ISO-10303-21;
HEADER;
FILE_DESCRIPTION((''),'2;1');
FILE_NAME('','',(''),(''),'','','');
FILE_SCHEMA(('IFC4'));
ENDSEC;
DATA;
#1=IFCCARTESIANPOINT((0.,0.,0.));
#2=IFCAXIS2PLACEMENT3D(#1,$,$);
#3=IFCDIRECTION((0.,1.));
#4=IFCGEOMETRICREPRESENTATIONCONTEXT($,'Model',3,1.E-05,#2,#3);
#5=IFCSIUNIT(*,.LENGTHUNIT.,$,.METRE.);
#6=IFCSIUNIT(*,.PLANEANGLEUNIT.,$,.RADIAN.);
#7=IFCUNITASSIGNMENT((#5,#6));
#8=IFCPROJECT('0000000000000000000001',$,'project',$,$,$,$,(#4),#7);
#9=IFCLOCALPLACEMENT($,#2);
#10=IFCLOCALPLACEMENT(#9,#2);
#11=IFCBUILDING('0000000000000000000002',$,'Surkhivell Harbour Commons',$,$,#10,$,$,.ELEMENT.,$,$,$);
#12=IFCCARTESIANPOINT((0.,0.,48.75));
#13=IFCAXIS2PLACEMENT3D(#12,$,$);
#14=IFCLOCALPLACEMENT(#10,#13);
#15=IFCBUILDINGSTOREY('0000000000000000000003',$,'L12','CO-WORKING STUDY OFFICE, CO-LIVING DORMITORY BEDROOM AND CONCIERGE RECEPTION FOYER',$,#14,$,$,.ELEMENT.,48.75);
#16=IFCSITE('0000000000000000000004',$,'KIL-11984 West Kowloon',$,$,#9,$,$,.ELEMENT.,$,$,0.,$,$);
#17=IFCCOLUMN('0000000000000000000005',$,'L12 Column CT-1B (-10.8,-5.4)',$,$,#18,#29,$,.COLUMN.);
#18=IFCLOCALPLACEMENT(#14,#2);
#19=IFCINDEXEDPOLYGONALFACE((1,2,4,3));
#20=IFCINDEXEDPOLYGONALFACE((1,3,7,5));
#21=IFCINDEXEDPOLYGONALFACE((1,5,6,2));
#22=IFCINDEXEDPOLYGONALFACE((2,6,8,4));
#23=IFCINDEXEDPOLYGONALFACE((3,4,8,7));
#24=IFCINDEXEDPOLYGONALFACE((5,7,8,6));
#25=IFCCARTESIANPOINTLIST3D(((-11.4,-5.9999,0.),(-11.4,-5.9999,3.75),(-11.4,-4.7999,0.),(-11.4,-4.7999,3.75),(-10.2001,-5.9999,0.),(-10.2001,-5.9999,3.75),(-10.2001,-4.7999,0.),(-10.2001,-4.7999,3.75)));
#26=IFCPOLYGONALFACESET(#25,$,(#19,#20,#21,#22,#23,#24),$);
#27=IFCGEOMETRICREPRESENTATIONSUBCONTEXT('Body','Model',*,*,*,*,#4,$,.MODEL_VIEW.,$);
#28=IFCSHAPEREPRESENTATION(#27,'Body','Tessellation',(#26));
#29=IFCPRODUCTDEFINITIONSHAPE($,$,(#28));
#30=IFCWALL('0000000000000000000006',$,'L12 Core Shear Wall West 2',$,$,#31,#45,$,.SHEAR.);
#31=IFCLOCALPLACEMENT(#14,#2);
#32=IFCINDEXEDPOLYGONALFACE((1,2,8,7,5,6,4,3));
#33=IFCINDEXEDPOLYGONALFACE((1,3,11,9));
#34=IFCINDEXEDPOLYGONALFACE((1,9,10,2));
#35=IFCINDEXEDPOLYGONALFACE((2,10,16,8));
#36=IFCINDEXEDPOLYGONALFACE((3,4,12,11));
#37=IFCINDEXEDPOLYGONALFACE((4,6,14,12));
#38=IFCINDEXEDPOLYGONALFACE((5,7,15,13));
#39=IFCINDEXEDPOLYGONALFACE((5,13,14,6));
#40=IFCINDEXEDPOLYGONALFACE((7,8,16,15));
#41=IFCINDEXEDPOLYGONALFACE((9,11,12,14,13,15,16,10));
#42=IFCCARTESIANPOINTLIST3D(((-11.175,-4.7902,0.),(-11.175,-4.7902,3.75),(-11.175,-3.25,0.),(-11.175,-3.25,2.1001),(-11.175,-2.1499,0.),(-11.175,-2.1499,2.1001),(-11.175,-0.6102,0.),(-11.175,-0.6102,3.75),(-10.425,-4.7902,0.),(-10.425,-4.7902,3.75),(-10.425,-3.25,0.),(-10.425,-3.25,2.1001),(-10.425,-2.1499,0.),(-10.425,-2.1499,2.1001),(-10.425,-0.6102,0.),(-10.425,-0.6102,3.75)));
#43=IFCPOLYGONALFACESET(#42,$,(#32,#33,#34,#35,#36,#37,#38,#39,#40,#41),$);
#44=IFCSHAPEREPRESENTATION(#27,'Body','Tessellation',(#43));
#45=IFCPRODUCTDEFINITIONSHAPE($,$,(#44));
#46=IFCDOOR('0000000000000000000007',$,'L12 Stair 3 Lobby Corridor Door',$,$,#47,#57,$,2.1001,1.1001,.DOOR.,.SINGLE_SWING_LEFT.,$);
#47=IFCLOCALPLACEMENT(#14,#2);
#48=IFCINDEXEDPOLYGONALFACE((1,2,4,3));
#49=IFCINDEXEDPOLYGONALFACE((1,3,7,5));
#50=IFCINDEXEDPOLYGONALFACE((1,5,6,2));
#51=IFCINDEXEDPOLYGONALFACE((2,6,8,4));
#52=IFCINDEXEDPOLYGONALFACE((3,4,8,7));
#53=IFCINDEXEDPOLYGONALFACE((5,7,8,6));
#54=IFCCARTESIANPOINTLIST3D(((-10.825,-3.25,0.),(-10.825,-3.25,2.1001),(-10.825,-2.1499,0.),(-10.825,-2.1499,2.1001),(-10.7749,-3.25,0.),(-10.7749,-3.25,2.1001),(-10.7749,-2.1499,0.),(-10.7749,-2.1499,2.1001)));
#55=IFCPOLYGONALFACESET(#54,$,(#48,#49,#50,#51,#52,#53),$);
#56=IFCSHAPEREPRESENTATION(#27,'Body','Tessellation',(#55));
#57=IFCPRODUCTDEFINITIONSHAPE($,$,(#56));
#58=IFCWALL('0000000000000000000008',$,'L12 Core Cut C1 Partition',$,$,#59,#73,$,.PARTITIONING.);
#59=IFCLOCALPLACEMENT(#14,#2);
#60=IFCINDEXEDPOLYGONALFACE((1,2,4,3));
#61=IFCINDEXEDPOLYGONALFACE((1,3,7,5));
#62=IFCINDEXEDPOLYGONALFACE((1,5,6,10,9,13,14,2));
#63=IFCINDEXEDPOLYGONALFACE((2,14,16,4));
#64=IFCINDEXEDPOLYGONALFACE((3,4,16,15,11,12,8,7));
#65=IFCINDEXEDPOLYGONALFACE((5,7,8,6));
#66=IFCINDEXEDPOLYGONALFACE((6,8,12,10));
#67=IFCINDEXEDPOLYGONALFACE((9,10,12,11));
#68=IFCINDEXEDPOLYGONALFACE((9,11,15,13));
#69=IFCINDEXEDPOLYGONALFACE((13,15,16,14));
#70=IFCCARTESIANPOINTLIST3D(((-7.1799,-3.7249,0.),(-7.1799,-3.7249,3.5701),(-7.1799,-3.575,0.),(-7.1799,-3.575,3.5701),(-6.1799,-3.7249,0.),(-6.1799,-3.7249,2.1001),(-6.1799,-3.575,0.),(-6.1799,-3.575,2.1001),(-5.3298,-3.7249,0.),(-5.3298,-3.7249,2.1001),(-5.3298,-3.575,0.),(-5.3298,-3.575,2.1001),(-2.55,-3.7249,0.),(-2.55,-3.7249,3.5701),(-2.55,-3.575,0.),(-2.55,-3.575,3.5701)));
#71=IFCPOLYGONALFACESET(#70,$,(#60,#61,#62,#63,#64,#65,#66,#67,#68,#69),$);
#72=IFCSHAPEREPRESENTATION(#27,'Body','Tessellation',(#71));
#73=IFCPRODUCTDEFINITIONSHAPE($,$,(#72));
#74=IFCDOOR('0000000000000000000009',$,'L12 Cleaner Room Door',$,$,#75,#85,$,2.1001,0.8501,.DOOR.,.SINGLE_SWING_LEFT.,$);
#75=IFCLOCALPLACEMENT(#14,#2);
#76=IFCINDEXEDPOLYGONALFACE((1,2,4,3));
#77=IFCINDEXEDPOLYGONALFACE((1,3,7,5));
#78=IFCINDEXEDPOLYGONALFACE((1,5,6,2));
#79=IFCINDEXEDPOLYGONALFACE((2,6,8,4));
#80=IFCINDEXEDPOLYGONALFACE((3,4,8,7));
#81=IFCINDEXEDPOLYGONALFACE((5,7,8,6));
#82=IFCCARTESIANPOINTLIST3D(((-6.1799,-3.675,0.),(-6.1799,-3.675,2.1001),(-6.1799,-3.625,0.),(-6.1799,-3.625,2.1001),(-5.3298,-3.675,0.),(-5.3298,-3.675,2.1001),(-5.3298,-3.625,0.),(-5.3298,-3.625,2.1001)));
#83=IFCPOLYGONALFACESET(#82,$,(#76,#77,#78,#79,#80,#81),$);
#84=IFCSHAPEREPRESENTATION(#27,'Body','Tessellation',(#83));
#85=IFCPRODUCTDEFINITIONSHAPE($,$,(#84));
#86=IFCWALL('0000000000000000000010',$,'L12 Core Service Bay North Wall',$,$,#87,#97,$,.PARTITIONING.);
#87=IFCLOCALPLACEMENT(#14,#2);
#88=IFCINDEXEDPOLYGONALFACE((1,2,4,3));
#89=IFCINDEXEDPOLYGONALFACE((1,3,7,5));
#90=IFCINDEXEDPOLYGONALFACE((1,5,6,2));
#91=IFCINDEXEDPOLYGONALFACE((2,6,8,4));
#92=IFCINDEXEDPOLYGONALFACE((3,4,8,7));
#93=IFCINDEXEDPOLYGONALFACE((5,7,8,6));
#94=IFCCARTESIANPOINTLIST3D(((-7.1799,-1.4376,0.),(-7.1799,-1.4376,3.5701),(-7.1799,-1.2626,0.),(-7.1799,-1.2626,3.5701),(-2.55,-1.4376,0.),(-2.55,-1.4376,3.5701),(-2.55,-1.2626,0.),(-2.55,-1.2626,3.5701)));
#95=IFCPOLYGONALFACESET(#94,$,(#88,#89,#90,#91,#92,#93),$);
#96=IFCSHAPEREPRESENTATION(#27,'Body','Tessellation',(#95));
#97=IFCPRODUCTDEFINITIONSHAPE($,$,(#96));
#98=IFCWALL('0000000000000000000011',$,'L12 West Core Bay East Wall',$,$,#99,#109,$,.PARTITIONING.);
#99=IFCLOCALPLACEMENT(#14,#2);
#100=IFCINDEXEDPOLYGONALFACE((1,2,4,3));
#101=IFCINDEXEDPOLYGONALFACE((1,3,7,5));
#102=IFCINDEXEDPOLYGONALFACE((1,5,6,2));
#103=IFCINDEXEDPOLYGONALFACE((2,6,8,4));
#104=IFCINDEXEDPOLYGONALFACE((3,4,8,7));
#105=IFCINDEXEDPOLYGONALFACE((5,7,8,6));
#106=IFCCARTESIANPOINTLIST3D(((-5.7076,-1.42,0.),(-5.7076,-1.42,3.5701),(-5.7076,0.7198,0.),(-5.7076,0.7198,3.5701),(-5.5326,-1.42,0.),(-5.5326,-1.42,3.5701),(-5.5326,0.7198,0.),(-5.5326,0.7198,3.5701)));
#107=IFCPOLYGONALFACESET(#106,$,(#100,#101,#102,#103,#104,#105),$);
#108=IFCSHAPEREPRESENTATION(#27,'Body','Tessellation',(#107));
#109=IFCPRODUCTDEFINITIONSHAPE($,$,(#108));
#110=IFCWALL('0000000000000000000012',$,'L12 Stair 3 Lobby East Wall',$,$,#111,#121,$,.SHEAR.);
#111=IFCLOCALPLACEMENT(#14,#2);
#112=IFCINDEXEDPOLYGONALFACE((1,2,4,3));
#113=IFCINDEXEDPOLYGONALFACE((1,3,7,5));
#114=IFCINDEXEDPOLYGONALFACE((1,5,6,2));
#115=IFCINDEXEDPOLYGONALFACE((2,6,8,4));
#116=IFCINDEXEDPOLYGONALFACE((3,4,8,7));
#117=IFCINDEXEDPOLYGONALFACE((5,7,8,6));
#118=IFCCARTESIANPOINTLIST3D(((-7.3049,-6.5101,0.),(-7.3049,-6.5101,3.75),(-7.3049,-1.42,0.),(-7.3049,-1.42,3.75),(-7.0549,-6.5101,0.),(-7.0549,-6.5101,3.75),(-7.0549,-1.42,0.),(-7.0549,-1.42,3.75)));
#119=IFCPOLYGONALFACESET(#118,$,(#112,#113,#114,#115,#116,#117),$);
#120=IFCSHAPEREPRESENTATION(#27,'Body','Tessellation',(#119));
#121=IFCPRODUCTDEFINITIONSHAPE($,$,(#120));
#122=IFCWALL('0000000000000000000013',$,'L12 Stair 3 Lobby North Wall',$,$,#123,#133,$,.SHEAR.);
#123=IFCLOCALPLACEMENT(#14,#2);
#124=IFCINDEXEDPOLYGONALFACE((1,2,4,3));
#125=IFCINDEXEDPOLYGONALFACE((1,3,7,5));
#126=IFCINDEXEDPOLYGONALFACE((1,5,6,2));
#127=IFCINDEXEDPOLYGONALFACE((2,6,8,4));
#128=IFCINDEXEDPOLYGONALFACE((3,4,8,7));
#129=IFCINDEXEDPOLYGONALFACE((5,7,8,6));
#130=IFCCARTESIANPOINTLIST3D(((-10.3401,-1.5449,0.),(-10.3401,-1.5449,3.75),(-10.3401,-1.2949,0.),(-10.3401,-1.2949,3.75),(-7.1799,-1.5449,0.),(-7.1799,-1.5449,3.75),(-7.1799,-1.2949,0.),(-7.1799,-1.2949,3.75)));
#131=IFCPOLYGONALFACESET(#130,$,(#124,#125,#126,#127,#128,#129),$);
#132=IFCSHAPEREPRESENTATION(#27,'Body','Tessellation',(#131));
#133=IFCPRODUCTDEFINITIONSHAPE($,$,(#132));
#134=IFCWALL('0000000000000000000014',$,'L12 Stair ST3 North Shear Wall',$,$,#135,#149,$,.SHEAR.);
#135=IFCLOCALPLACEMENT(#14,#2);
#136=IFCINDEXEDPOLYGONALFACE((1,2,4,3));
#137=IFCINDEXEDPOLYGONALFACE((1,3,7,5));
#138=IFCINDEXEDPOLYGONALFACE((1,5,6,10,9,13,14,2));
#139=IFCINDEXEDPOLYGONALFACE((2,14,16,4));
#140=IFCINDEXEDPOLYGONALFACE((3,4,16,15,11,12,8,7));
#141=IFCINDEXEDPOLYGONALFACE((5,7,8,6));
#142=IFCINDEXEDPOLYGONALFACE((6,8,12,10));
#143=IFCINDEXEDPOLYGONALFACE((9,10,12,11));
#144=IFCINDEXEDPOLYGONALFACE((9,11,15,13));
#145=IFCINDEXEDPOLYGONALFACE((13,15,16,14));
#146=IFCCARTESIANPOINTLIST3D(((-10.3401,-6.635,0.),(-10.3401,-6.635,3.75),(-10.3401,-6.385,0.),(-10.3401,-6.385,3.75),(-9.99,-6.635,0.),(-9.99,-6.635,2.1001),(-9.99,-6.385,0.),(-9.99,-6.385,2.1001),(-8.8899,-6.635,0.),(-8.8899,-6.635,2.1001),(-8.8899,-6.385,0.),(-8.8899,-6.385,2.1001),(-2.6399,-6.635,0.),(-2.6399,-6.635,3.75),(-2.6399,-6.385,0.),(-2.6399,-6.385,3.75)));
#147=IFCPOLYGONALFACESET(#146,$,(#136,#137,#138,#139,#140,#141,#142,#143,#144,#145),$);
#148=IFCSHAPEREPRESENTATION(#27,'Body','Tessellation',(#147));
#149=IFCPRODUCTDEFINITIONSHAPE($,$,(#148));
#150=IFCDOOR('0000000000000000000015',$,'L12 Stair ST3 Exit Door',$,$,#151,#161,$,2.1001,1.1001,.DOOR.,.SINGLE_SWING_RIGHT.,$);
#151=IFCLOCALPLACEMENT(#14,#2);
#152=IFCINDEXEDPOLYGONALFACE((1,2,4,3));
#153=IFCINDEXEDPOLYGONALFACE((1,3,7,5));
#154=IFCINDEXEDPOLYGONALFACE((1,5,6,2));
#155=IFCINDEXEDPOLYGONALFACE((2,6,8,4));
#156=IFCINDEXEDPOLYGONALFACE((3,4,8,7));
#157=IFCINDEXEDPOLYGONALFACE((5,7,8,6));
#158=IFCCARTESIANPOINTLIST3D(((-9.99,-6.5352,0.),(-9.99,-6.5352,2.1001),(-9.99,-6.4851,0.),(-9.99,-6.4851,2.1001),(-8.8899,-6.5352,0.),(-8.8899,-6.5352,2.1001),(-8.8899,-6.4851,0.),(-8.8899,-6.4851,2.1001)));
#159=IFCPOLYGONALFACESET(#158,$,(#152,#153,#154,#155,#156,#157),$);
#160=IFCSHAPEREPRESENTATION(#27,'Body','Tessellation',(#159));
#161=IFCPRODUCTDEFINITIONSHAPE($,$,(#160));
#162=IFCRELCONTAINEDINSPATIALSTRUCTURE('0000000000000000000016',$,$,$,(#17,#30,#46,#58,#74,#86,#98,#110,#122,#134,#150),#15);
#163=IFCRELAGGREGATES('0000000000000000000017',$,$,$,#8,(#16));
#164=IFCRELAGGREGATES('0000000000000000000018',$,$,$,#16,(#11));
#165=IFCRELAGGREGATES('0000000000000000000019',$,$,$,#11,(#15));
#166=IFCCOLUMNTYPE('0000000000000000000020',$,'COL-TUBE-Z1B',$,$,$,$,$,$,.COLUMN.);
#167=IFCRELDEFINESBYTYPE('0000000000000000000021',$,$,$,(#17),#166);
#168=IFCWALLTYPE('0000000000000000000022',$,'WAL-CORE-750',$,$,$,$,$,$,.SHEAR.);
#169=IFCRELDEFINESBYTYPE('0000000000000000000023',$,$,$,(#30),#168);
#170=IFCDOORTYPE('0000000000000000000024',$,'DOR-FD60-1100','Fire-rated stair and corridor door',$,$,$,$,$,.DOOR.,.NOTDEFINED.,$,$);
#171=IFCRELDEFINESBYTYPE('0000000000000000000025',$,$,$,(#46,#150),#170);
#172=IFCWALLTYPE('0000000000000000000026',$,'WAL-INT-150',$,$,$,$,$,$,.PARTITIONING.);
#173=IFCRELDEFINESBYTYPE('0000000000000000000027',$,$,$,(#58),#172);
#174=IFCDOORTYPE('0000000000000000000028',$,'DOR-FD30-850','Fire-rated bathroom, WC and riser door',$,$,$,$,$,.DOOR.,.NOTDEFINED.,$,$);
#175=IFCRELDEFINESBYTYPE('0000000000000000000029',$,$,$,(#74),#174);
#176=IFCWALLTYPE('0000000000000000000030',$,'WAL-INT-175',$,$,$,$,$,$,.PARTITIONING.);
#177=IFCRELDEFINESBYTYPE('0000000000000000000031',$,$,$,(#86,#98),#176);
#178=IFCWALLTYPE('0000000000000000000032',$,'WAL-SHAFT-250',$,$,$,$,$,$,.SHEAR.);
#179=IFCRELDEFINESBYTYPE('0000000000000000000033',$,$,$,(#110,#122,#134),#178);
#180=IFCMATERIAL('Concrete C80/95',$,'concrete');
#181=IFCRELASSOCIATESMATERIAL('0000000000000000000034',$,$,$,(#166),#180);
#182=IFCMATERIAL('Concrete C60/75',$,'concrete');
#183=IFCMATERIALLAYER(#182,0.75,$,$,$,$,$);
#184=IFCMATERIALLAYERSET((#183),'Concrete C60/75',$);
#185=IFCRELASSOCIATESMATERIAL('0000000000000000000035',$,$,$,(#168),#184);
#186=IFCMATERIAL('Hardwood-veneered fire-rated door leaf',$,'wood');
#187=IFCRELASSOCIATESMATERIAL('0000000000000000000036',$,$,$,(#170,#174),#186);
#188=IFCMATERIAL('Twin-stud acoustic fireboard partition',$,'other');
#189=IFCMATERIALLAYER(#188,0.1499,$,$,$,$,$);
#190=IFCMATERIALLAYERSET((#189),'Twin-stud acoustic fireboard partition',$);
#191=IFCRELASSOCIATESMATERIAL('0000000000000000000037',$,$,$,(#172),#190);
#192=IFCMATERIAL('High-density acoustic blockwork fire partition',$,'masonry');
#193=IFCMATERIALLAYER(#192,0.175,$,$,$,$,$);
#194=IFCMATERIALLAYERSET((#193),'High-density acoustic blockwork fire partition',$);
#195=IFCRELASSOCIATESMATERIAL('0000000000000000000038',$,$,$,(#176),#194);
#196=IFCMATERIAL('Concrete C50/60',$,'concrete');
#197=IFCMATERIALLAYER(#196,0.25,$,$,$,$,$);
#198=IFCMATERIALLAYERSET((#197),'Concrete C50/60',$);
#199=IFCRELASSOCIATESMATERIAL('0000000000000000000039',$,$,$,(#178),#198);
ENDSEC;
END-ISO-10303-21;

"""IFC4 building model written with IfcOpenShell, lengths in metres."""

from ifc_helpers import new_model, si_unit, direction, frame, frame_2d, origin, origin_2d, place, context, subcontext, project, spatial, rectangle, extrude, material, layer, layer_set, material_profile, profile_set, type_object, element, fill, save


model = new_model("IFC4")

# Units and contexts
model_context = context("Model", 3, precision=1e-05, world=origin(), true_north=direction((0.0, 1.0)))
body_context = subcontext(model_context, "Body", "Model", "MODEL_VIEW")
ifc_project = project(units=[si_unit("LENGTHUNIT", "METRE"), si_unit("PLANEANGLEUNIT", "RADIAN")], contexts=[model_context])

# Site, building, storey
site_placement = place(None, origin())
site = spatial("IfcSite", under=ifc_project, at=site_placement, Name="KIL-11984 West Kowloon", CompositionType="ELEMENT", RefElevation=0.0)
building_placement = place(site_placement, origin())
building = spatial("IfcBuilding", under=site, at=building_placement, Name="Surkhivell Harbour Commons", CompositionType="ELEMENT")
storey_placement = place(building_placement, frame((0.0, 0.0, 48.75)))
storey = spatial("IfcBuildingStorey", under=building, at=storey_placement, Name="L12", Description="CO-WORKING STUDY OFFICE, CO-LIVING DORMITORY BEDROOM AND CONCIERGE RECEPTION FOYER", CompositionType="ELEMENT", Elevation=48.75)

# Column
ifc_material_1 = material(Name="Concrete C80/95", Category="concrete")
ifc_material_profile = material_profile(ifc_material_1, rectangle(XDim=1.2, YDim=1.2, at=origin_2d()), Name="RC-COL-1200x1200")
ifc_profile_set = profile_set([ifc_material_profile], Name="Concrete C80/95")
column_type = type_object("IfcColumnType", Name="COL-TUBE-Z1B", PredefinedType="COLUMN", material=ifc_profile_set)
column_placement = place(storey_placement, frame((-10.8, -5.3999, 0.0), z_axis=(0.0, 0.0, 1.0), x_axis=(1.0, 0.0, 0.0)))
element("IfcColumn", 1, at=column_placement, inside=storey, type_object=column_type, Name="L12 Column CT-1B (-10.8,-5.4)", PredefinedType="COLUMN", context=body_context, shape_type="SweptSolid", body=[
    extrude(rectangle(XDim=1.2, YDim=1.2, at=origin_2d()), origin(), (0.0, 0.0, 1.0), 3.75),
])

# Walls, openings, doors
ifc_material_2 = material(Name="Concrete C60/75", Category="concrete")
ifc_layer_1 = layer(ifc_material_2, 0.75)
ifc_layer_set_1 = layer_set([ifc_layer_1], Name="Concrete C60/75")
wall_type_1 = type_object("IfcWallType", Name="WAL-CORE-750", PredefinedType="SHEAR", material=ifc_layer_set_1)
wall_1_placement = place(storey_placement, frame((-10.8, -4.79, 0.0), z_axis=(0.0, 0.0, 1.0), x_axis=(0.0, 1.0, 0.0)))
wall_1 = element("IfcWall", 2, at=wall_1_placement, inside=storey, type_object=wall_type_1, Name="L12 Core Shear Wall West 2", PredefinedType="SHEAR", context=body_context, shape_type="SweptSolid", body=[
    extrude(rectangle(XDim=4.1799, YDim=0.75, at=frame_2d((2.0898, 0.0))), origin(), (0.0, 0.0, 1.0), 3.75),
])
opening_1_placement = place(wall_1_placement, frame((1.54, 0.0, 0.0)))
opening_1 = element("IfcOpeningElement", 3, at=opening_1_placement, cuts=wall_1, PredefinedType="OPENING", context=body_context, shape_type="SweptSolid", body=[
    extrude(rectangle(XDim=1.1001, YDim=2.1001, at=frame_2d((0.55, 1.05))), frame((0.0, 0.385, 0.0), z_axis=(0.0, -1.0, 0.0), x_axis=(1.0, 0.0, 0.0)), (0.0, 0.0, 1.0), 0.77),
])
ifc_material_3 = material(Name="Hardwood-veneered fire-rated door leaf", Category="wood")
door_type_1 = type_object("IfcDoorType", Name="DOR-FD60-1100", Description="Fire-rated stair and corridor door", OperationType="NOTDEFINED", PredefinedType="DOOR", material=ifc_material_3)
door_1_placement = place(opening_1_placement, origin())
door_1 = element("IfcDoor", 4, at=door_1_placement, inside=storey, type_object=door_type_1, Name="L12 Stair 3 Lobby Corridor Door", OperationType="SINGLE_SWING_LEFT", OverallHeight=2.1001, OverallWidth=1.1001, PredefinedType="DOOR", context=body_context, shape_type="SweptSolid", body=[
    extrude(rectangle(XDim=1.1001, YDim=2.1001, at=frame_2d((0.55, 1.05))), frame((0.0, 0.0249, 0.0), z_axis=(0.0, -1.0, 0.0), x_axis=(1.0, 0.0, 0.0)), (0.0, 0.0, 1.0), 0.05),
])
fill(opening_1, door_1)
ifc_material_4 = material(Name="Twin-stud acoustic fireboard partition", Category="other")
ifc_layer_2 = layer(ifc_material_4, 0.1499)
ifc_layer_set_2 = layer_set([ifc_layer_2], Name="Twin-stud acoustic fireboard partition")
wall_type_2 = type_object("IfcWallType", Name="WAL-INT-150", PredefinedType="PARTITIONING", material=ifc_layer_set_2)
wall_2_placement = place(storey_placement, frame((-7.1799, -3.6499, 0.0), z_axis=(0.0, 0.0, 1.0), x_axis=(1.0, 0.0, 0.0)))
wall_2 = element("IfcWall", 5, at=wall_2_placement, inside=storey, type_object=wall_type_2, Name="L12 Core Cut C1 Partition", PredefinedType="PARTITIONING", context=body_context, shape_type="SweptSolid", body=[
    extrude(rectangle(XDim=4.6299, YDim=0.1499, at=frame_2d((2.3149, 0.0))), origin(), (0.0, 0.0, 1.0), 3.5701),
])
opening_2_placement = place(wall_2_placement, frame((1.0, 0.0, 0.0)))
opening_2 = element("IfcOpeningElement", 6, at=opening_2_placement, cuts=wall_2, PredefinedType="OPENING", context=body_context, shape_type="SweptSolid", body=[
    extrude(rectangle(XDim=0.8501, YDim=2.1001, at=frame_2d((0.425, 1.05))), frame((0.0, 0.085, 0.0), z_axis=(0.0, -1.0, 0.0), x_axis=(1.0, 0.0, 0.0)), (0.0, 0.0, 1.0), 0.1699),
])
door_type_2 = type_object("IfcDoorType", Name="DOR-FD30-850", Description="Fire-rated bathroom, WC and riser door", OperationType="NOTDEFINED", PredefinedType="DOOR", material=ifc_material_3)
door_2_placement = place(opening_2_placement, origin())
door_2 = element("IfcDoor", 7, at=door_2_placement, inside=storey, type_object=door_type_2, Name="L12 Cleaner Room Door", OperationType="SINGLE_SWING_LEFT", OverallHeight=2.1001, OverallWidth=0.8501, PredefinedType="DOOR", context=body_context, shape_type="SweptSolid", body=[
    extrude(rectangle(XDim=0.8501, YDim=2.1001, at=frame_2d((0.425, 1.05))), frame((0.0, 0.0249, 0.0), z_axis=(0.0, -1.0, 0.0), x_axis=(1.0, 0.0, 0.0)), (0.0, 0.0, 1.0), 0.05),
])
fill(opening_2, door_2)

# Walls
ifc_material_5 = material(Name="High-density acoustic blockwork fire partition", Category="masonry")
ifc_layer_3 = layer(ifc_material_5, 0.175)
ifc_layer_set_3 = layer_set([ifc_layer_3], Name="High-density acoustic blockwork fire partition")
wall_type_3 = type_object("IfcWallType", Name="WAL-INT-175", PredefinedType="PARTITIONING", material=ifc_layer_set_3)
wall_3_placement = place(storey_placement, frame((-7.1799, -1.3501, 0.0), z_axis=(0.0, 0.0, 1.0), x_axis=(1.0, 0.0, 0.0)))
element("IfcWall", 8, at=wall_3_placement, inside=storey, type_object=wall_type_3, Name="L12 Core Service Bay North Wall", PredefinedType="PARTITIONING", context=body_context, shape_type="SweptSolid", body=[
    extrude(rectangle(XDim=4.6299, YDim=0.175, at=frame_2d((2.3149, 0.0))), origin(), (0.0, 0.0, 1.0), 3.5701),
])
wall_4_placement = place(storey_placement, frame((-5.6201, -1.4199, 0.0), z_axis=(0.0, 0.0, 1.0), x_axis=(0.0, 1.0, 0.0)))
element("IfcWall", 9, at=wall_4_placement, inside=storey, type_object=wall_type_3, Name="L12 West Core Bay East Wall", PredefinedType="PARTITIONING", context=body_context, shape_type="SweptSolid", body=[
    extrude(rectangle(XDim=2.1399, YDim=0.175, at=frame_2d((1.0698, 0.0))), origin(), (0.0, 0.0, 1.0), 3.5701),
])
ifc_material_6 = material(Name="Concrete C50/60", Category="concrete")
ifc_layer_4 = layer(ifc_material_6, 0.25)
ifc_layer_set_4 = layer_set([ifc_layer_4], Name="Concrete C50/60")
wall_type_4 = type_object("IfcWallType", Name="WAL-SHAFT-250", PredefinedType="SHEAR", material=ifc_layer_set_4)
wall_5_placement = place(storey_placement, frame((-7.1799, -6.51, 0.0), z_axis=(0.0, 0.0, 1.0), x_axis=(0.0, 1.0, 0.0)))
element("IfcWall", 10, at=wall_5_placement, inside=storey, type_object=wall_type_4, Name="L12 Stair 3 Lobby East Wall", PredefinedType="SHEAR", context=body_context, shape_type="SweptSolid", body=[
    extrude(rectangle(XDim=5.0901, YDim=0.25, at=frame_2d((2.5449, 0.0))), origin(), (0.0, 0.0, 1.0), 3.75),
])
wall_6_placement = place(storey_placement, frame((-10.3401, -1.4199, 0.0), z_axis=(0.0, 0.0, 1.0), x_axis=(1.0, 0.0, 0.0)))
element("IfcWall", 11, at=wall_6_placement, inside=storey, type_object=wall_type_4, Name="L12 Stair 3 Lobby North Wall", PredefinedType="SHEAR", context=body_context, shape_type="SweptSolid", body=[
    extrude(rectangle(XDim=3.1602, YDim=0.25, at=frame_2d((1.5801, 0.0))), origin(), (0.0, 0.0, 1.0), 3.75),
])

# Wall, opening, door
wall_7_placement = place(storey_placement, frame((-10.3401, -6.51, 0.0), z_axis=(0.0, 0.0, 1.0), x_axis=(1.0, 0.0, 0.0)))
wall_7 = element("IfcWall", 12, at=wall_7_placement, inside=storey, type_object=wall_type_4, Name="L12 Stair ST3 North Shear Wall", PredefinedType="SHEAR", context=body_context, shape_type="SweptSolid", body=[
    extrude(rectangle(XDim=7.7002, YDim=0.25, at=frame_2d((3.8501, 0.0))), origin(), (0.0, 0.0, 1.0), 3.75),
])
opening_3_placement = place(wall_7_placement, frame((0.3501, 0.0, 0.0)))
opening_3 = element("IfcOpeningElement", 13, at=opening_3_placement, cuts=wall_7, PredefinedType="OPENING", context=body_context, shape_type="SweptSolid", body=[
    extrude(rectangle(XDim=1.1001, YDim=2.1001, at=frame_2d((0.55, 1.05))), frame((0.0, 0.135, 0.0), z_axis=(0.0, -1.0, 0.0), x_axis=(1.0, 0.0, 0.0)), (0.0, 0.0, 1.0), 0.27),
])
door_3_placement = place(opening_3_placement, origin())
door_3 = element("IfcDoor", 14, at=door_3_placement, inside=storey, type_object=door_type_1, Name="L12 Stair ST3 Exit Door", OperationType="SINGLE_SWING_RIGHT", OverallHeight=2.1001, OverallWidth=1.1001, PredefinedType="DOOR", context=body_context, shape_type="SweptSolid", body=[
    extrude(rectangle(XDim=1.1001, YDim=2.1001, at=frame_2d((0.55, 1.05))), frame((0.0, 0.0249, 0.0), z_axis=(0.0, -1.0, 0.0), x_axis=(1.0, 0.0, 0.0)), (0.0, 0.0, 1.0), 0.05),
])
fill(opening_3, door_3)

save(model, "model.ifc")
